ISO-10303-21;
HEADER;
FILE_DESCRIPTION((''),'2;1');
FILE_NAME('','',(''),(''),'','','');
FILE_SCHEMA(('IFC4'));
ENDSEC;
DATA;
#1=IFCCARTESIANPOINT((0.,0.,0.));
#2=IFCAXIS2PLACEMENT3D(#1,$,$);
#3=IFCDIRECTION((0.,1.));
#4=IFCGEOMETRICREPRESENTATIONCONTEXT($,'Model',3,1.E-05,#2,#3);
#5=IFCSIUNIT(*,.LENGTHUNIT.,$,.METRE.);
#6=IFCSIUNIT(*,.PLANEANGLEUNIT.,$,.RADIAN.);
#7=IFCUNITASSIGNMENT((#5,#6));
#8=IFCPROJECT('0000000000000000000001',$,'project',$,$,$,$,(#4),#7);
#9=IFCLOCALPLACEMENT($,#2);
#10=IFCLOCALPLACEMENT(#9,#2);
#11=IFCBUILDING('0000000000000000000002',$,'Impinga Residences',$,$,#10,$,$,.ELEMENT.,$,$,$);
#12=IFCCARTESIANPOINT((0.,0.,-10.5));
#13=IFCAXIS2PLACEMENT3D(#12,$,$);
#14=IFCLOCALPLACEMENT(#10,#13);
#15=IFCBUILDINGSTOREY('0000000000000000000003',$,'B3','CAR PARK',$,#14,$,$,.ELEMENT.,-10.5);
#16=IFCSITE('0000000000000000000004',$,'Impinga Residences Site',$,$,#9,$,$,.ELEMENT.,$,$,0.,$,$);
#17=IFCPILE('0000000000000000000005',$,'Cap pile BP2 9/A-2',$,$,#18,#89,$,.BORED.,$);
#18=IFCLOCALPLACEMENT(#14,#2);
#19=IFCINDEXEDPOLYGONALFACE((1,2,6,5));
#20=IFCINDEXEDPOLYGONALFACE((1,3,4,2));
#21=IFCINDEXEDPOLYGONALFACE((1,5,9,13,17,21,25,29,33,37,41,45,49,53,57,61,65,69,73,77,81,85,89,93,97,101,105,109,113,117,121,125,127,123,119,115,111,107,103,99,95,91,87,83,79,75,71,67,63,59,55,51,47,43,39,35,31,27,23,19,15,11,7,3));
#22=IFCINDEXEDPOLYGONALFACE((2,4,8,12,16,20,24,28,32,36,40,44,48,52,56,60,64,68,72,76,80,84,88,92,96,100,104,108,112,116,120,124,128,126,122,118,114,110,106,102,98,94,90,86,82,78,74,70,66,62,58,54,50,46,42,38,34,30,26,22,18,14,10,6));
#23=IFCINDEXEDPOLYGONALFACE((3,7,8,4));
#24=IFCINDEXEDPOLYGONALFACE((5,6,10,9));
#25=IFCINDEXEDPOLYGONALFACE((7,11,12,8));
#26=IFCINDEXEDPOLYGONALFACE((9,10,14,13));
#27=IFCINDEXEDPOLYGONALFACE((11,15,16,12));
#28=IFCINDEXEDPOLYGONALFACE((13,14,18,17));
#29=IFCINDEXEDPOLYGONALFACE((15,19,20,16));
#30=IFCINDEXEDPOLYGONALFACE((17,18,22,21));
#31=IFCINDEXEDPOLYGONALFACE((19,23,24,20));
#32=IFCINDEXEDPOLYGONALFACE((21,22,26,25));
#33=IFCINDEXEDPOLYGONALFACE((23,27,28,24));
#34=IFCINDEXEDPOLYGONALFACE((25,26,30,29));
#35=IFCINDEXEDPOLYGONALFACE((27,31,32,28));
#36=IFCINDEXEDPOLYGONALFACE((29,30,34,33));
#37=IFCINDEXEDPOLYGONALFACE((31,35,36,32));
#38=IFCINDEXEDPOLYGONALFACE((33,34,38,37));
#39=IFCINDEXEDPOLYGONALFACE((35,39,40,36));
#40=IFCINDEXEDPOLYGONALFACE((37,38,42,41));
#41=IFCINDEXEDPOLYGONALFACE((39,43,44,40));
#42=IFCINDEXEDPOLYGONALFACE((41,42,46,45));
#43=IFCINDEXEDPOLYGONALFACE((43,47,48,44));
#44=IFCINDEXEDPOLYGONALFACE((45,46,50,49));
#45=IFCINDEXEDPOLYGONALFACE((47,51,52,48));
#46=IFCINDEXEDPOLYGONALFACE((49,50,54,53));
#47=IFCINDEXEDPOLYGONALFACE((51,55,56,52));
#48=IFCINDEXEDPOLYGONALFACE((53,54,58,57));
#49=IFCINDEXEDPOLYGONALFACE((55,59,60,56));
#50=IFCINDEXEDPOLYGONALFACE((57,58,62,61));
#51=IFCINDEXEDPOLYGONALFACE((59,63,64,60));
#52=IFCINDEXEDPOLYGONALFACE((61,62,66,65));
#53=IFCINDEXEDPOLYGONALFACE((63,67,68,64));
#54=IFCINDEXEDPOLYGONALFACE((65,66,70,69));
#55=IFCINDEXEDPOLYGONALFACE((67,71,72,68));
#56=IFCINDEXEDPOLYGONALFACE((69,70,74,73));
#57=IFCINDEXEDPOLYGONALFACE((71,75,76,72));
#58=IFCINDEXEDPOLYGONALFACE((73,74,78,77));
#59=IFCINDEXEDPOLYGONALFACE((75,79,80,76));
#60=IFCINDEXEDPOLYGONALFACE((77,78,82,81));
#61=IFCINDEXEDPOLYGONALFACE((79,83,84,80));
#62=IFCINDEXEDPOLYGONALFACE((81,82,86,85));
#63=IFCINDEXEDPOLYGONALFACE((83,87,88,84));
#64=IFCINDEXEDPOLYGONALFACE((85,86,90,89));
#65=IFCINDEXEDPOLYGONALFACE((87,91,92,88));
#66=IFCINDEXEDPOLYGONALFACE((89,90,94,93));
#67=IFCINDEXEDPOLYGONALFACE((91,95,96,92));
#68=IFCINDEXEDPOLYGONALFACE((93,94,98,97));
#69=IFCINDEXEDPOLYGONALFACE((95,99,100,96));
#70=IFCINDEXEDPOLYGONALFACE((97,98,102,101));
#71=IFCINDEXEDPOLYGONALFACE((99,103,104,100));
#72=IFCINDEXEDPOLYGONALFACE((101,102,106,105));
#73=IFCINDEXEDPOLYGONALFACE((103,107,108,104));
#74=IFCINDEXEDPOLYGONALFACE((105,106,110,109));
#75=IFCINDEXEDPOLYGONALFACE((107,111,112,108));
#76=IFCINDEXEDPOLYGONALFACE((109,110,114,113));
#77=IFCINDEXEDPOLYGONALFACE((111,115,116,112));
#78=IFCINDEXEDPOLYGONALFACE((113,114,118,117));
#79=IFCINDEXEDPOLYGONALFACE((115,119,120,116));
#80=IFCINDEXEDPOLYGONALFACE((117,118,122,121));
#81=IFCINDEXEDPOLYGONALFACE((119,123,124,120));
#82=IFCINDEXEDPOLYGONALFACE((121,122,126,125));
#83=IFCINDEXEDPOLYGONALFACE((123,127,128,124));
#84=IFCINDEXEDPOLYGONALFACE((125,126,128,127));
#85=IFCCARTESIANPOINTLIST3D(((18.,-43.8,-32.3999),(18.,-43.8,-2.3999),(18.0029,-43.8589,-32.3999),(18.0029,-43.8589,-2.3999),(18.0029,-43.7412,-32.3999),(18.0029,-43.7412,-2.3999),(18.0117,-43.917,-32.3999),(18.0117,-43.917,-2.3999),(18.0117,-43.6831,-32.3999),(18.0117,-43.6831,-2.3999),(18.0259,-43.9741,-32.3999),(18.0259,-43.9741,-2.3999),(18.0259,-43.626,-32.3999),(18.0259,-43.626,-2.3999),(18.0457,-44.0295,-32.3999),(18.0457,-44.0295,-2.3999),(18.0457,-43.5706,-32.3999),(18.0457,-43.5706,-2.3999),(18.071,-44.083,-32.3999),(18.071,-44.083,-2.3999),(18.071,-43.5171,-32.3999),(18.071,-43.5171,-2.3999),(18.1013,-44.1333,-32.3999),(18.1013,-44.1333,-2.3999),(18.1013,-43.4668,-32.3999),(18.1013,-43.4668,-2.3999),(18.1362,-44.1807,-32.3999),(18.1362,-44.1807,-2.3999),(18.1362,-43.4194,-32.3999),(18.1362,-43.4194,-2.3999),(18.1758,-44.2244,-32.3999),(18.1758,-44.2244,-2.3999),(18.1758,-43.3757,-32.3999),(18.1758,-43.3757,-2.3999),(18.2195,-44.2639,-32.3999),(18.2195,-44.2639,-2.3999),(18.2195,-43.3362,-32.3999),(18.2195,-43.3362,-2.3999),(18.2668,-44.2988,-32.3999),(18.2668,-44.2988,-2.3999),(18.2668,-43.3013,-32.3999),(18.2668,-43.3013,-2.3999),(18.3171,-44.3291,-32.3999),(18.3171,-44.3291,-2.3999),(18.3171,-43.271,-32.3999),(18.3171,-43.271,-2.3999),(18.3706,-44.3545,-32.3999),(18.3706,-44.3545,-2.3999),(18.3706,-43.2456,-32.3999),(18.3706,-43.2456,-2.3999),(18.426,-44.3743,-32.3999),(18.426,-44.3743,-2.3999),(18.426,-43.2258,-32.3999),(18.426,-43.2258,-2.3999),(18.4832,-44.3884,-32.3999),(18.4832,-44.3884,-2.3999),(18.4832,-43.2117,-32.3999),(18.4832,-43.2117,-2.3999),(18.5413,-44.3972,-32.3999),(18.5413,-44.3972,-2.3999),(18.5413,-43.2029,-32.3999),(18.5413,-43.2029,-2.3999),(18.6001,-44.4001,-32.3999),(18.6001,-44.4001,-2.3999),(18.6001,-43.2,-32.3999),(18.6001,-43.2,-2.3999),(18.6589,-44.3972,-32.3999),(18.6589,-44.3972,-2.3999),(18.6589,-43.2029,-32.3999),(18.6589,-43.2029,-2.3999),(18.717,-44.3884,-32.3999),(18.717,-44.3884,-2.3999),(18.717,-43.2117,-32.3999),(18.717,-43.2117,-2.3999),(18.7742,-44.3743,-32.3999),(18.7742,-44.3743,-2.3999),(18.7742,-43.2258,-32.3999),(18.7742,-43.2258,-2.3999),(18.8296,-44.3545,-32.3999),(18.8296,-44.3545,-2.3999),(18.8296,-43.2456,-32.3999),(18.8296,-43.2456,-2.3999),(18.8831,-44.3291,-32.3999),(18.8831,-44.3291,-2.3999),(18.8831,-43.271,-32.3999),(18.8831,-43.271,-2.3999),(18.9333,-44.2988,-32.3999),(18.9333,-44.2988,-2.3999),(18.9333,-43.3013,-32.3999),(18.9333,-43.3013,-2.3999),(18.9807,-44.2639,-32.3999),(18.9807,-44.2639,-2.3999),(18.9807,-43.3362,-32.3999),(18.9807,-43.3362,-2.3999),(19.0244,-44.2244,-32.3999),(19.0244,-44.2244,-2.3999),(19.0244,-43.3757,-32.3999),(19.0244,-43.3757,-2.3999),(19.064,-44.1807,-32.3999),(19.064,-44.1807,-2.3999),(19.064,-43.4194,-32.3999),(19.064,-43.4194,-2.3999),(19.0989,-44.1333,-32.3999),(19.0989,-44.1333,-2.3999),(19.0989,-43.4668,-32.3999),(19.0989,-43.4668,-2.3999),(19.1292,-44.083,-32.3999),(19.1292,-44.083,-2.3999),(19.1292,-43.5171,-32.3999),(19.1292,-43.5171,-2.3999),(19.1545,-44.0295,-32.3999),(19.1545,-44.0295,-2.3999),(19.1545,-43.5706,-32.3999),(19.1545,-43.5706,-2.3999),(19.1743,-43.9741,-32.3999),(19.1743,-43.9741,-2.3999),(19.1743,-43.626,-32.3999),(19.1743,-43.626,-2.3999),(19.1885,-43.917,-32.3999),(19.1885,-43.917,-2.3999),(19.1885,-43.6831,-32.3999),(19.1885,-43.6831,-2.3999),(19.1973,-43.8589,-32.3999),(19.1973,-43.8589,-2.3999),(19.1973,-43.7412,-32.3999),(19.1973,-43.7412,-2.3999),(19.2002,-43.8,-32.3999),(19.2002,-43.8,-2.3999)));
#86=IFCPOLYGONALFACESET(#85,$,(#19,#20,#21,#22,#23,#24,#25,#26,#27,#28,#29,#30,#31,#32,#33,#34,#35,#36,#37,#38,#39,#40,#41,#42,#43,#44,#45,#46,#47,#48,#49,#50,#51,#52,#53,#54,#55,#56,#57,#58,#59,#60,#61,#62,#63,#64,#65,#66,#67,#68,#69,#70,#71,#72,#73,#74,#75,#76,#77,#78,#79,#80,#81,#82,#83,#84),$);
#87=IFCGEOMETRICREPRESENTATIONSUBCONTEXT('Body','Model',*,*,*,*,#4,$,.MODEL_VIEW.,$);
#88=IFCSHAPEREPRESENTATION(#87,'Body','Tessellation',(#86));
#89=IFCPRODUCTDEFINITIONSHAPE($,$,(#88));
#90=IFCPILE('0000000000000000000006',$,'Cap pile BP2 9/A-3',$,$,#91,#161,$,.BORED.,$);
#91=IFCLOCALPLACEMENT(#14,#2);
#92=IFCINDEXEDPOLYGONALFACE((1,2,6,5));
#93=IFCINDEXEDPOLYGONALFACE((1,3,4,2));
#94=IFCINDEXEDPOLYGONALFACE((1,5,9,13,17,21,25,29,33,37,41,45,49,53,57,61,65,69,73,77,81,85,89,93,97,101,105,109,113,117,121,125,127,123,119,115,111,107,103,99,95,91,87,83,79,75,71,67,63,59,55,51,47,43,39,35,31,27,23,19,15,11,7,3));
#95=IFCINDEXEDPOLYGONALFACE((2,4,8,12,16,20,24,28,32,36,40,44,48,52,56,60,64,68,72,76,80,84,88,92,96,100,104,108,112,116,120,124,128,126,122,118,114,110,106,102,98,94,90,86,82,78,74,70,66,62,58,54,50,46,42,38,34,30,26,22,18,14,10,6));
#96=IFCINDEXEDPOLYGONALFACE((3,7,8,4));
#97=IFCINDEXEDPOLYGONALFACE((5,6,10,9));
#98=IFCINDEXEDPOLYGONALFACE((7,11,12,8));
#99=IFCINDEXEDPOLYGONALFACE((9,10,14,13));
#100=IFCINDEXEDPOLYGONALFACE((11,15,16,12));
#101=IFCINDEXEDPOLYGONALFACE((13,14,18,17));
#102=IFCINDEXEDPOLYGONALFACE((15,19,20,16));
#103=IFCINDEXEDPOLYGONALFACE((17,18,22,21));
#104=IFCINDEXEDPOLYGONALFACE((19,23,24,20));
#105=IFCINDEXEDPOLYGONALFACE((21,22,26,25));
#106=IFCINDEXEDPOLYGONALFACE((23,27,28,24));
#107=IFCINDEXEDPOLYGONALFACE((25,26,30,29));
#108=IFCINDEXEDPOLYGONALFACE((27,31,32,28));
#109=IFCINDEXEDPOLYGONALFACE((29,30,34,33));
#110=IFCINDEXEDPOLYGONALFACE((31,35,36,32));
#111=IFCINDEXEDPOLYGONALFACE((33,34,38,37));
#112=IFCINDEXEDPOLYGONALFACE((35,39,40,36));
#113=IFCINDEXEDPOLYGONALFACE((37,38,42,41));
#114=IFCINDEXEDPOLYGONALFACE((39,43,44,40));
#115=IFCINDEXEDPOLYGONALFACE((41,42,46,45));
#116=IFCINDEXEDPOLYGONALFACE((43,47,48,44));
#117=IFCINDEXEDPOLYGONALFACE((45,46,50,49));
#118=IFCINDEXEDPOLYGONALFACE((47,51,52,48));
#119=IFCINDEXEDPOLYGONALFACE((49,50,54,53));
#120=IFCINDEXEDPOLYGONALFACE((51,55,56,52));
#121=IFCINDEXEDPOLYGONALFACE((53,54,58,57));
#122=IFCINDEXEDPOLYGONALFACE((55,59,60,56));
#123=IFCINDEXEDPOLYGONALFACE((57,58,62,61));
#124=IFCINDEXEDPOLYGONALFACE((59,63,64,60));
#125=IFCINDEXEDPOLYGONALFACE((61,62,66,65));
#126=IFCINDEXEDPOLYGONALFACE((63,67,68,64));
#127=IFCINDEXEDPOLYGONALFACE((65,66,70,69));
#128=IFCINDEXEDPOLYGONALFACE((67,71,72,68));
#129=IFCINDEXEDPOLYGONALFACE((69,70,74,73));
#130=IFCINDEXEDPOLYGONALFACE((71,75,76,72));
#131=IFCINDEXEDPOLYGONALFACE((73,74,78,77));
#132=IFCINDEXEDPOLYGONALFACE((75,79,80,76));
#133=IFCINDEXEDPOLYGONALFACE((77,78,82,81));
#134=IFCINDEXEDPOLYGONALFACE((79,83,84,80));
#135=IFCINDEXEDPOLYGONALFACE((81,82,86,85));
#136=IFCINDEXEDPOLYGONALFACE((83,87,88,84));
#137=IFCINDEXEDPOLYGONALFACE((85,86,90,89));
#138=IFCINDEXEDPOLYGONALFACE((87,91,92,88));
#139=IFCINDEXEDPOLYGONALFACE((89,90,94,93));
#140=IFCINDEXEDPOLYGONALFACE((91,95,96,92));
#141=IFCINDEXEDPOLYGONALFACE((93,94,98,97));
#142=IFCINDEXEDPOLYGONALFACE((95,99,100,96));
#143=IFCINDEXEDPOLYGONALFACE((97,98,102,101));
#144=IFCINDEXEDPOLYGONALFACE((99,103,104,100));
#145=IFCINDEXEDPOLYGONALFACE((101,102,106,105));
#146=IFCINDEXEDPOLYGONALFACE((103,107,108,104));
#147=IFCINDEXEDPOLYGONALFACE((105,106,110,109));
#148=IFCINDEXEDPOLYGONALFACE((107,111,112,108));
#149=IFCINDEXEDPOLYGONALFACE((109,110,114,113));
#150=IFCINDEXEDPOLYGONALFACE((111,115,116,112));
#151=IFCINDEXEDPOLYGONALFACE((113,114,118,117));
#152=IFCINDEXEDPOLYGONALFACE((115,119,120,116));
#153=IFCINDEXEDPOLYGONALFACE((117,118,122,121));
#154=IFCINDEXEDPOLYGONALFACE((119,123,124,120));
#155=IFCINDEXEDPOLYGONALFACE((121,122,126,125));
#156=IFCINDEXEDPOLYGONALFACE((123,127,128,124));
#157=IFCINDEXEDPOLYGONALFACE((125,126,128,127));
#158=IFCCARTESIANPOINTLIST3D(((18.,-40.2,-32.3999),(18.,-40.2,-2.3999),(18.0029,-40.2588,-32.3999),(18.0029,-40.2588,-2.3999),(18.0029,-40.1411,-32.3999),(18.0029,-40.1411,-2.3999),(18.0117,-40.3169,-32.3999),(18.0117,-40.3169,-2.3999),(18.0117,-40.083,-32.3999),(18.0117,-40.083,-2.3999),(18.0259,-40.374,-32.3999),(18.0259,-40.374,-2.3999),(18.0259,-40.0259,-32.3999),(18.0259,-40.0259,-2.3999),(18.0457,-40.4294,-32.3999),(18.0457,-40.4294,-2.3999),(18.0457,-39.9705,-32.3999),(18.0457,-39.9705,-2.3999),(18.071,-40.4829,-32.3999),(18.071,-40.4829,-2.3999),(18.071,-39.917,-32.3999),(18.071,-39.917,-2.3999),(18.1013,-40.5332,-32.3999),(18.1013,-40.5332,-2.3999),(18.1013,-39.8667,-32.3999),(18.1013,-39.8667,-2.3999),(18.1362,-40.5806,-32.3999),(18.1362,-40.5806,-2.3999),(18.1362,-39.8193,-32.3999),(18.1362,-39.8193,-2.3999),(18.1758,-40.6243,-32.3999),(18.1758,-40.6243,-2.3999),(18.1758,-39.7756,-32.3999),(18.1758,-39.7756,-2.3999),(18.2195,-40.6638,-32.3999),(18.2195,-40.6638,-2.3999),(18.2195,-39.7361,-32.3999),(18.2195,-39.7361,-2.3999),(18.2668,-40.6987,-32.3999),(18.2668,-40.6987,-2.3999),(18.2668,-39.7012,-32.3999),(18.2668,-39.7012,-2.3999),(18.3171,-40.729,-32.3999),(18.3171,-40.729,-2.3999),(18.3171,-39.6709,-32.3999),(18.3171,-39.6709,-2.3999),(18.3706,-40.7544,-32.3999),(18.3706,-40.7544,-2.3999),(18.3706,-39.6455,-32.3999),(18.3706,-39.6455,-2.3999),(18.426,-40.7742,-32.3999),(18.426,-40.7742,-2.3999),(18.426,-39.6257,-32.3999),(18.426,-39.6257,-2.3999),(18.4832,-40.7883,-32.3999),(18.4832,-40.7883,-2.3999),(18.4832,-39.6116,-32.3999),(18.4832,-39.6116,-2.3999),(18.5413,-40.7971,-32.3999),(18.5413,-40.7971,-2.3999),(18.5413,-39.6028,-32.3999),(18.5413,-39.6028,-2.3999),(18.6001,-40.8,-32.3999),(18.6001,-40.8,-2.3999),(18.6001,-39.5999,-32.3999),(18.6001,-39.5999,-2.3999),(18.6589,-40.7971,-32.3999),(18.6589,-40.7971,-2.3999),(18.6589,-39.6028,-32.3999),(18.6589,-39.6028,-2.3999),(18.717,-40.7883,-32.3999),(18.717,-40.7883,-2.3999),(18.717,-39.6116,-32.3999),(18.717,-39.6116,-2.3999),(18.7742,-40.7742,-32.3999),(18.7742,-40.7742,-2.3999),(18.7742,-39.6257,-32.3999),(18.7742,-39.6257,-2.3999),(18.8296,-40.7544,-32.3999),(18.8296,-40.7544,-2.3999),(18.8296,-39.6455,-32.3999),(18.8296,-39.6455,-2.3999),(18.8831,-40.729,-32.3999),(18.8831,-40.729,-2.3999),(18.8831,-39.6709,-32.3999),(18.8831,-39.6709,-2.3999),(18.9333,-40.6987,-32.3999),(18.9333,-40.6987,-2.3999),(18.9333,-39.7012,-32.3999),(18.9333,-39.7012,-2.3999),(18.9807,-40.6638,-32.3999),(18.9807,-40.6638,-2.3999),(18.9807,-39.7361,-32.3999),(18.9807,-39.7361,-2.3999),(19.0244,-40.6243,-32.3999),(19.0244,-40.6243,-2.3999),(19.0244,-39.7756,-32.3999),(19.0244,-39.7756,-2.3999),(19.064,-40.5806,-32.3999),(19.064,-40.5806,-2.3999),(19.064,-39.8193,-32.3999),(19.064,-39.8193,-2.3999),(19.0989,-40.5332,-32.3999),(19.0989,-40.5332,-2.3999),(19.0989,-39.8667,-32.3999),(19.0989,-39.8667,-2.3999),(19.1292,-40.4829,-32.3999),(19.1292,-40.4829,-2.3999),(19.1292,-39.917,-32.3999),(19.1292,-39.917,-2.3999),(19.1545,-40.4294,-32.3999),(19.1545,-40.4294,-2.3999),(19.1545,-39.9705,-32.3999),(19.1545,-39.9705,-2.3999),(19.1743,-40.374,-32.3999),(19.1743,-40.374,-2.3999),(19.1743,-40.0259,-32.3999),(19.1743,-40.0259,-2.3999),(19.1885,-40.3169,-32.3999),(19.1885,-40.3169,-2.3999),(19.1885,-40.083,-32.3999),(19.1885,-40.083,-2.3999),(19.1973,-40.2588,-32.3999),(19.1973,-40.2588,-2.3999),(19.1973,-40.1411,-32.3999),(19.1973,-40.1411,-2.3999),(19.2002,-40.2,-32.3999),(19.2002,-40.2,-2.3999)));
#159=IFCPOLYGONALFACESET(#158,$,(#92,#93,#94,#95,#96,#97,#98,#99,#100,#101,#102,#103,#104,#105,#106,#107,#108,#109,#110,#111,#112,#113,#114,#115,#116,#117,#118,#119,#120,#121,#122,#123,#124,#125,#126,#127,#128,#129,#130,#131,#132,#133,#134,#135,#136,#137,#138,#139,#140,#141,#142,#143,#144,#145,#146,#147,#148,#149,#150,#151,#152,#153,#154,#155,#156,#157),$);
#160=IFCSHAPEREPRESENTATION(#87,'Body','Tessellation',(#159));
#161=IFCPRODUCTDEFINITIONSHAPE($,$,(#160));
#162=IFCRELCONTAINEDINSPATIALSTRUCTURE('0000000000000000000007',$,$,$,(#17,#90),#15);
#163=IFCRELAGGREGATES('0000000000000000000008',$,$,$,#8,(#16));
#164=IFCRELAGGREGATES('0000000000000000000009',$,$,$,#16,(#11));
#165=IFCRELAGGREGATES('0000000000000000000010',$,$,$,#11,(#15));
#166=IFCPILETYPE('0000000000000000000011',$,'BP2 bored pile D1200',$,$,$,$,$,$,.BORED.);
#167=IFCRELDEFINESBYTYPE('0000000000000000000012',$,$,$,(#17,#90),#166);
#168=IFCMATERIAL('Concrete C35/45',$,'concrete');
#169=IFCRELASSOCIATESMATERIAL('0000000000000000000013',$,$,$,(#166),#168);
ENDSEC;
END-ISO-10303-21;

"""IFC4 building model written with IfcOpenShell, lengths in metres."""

from ifc_helpers import new_model, si_unit, direction, frame, origin, origin_2d, place, context, subcontext, project, spatial, polyline, circle, outline, extrude, material, material_profile, profile_set, type_object, element, save


model = new_model("IFC4")

# Units and contexts
model_context = context("Model", 3, precision=1e-05, world=origin(), true_north=direction((0.0, 1.0)))
body_context = subcontext(model_context, "Body", "Model", "MODEL_VIEW")
ifc_project = project(units=[si_unit("LENGTHUNIT", "METRE"), si_unit("PLANEANGLEUNIT", "RADIAN")], contexts=[model_context])

# Site, building, storey
site_placement = place(None, origin())
site = spatial("IfcSite", under=ifc_project, at=site_placement, Name="Impinga Residences Site", CompositionType="ELEMENT", RefElevation=0.0)
building_placement = place(site_placement, origin())
building = spatial("IfcBuilding", under=site, at=building_placement, Name="Impinga Residences", CompositionType="ELEMENT")
storey_placement = place(building_placement, frame((0.0, 0.0, -10.5)))
storey = spatial("IfcBuildingStorey", under=building, at=storey_placement, Name="B3", Description="CAR PARK", CompositionType="ELEMENT", Elevation=-10.5)

# Piles
ifc_material_1 = material(Name="Concrete C35/45", Category="concrete")
ifc_material_profile_1 = material_profile(ifc_material_1, circle(Radius=0.6001, at=origin_2d()), Name="D1200")
ifc_profile_set_1 = profile_set([ifc_material_profile_1], Name="Concrete C35/45")
pile_type_1 = type_object("IfcPileType", Name="BP2 bored pile D1200", PredefinedType="BORED", material=ifc_profile_set_1)
pile_1_placement = place(storey_placement, frame((18.6001, -43.8, -2.3999), z_axis=(0.0, 0.0, -1.0), x_axis=(1.0, 0.0, 0.0)))
element("IfcPile", 1, at=pile_1_placement, inside=storey, type_object=pile_type_1, Name="Cap pile BP2 9/A-2", PredefinedType="BORED", context=body_context, shape_type="SweptSolid", body=[
    extrude(outline(polyline([(0.6001, 0.0), (0.5972, 0.0588), (0.5884, 0.1169), (0.5742, 0.1741), (0.5544, 0.2295), (0.5291, 0.283), (0.4988, 0.3333), (0.4639, 0.3806), (0.4243, 0.4243), (0.3806, 0.4639), (0.3333, 0.4988), (0.283, 0.5291), (0.2295, 0.5544), (0.1741, 0.5742), (0.1169, 0.5884), (0.0588, 0.5972), (0.0, 0.6001), (-0.0588, 0.5972), (-0.1169, 0.5884), (-0.1741, 0.5742), (-0.2295, 0.5544), (-0.283, 0.5291), (-0.3333, 0.4988), (-0.3806, 0.4639), (-0.4243, 0.4243), (-0.4639, 0.3806), (-0.4988, 0.3333), (-0.5291, 0.283), (-0.5544, 0.2295), (-0.5742, 0.1741), (-0.5884, 0.1169), (-0.5972, 0.0588), (-0.6001, 0.0), (-0.5972, -0.0588), (-0.5884, -0.1169), (-0.5742, -0.1741), (-0.5544, -0.2295), (-0.5291, -0.283), (-0.4988, -0.3333), (-0.4639, -0.3806), (-0.4243, -0.4243), (-0.3806, -0.4639), (-0.3333, -0.4988), (-0.283, -0.5291), (-0.2295, -0.5544), (-0.1741, -0.5742), (-0.1169, -0.5884), (-0.0588, -0.5972), (0.0, -0.6001), (0.0588, -0.5972), (0.1169, -0.5884), (0.1741, -0.5742), (0.2295, -0.5544), (0.283, -0.5291), (0.3333, -0.4988), (0.3806, -0.4639), (0.4243, -0.4243), (0.4639, -0.3806), (0.4988, -0.3333), (0.5291, -0.283), (0.5544, -0.2295), (0.5742, -0.1741), (0.5884, -0.1169), (0.5972, -0.0588), (0.6001, 0.0)])), origin(), (0.0, 0.0, 1.0), 30.0),
])
pile_2_placement = place(storey_placement, frame((18.6001, -40.2, -2.3999), z_axis=(0.0, 0.0, -1.0), x_axis=(1.0, 0.0, 0.0)))
element("IfcPile", 2, at=pile_2_placement, inside=storey, type_object=pile_type_1, Name="Cap pile BP2 9/A-3", PredefinedType="BORED", context=body_context, shape_type="SweptSolid", body=[
    extrude(outline(polyline([(0.6001, 0.0), (0.5972, 0.0588), (0.5884, 0.1169), (0.5742, 0.1741), (0.5544, 0.2295), (0.5291, 0.283), (0.4988, 0.3333), (0.4639, 0.3806), (0.4243, 0.4243), (0.3806, 0.4639), (0.3333, 0.4988), (0.283, 0.5291), (0.2295, 0.5544), (0.1741, 0.5742), (0.1169, 0.5884), (0.0588, 0.5972), (0.0, 0.6001), (-0.0588, 0.5972), (-0.1169, 0.5884), (-0.1741, 0.5742), (-0.2295, 0.5544), (-0.283, 0.5291), (-0.3333, 0.4988), (-0.3806, 0.4639), (-0.4243, 0.4243), (-0.4639, 0.3806), (-0.4988, 0.3333), (-0.5291, 0.283), (-0.5544, 0.2295), (-0.5742, 0.1741), (-0.5884, 0.1169), (-0.5972, 0.0588), (-0.6001, 0.0), (-0.5972, -0.0588), (-0.5884, -0.1169), (-0.5742, -0.1741), (-0.5544, -0.2295), (-0.5291, -0.283), (-0.4988, -0.3333), (-0.4639, -0.3806), (-0.4243, -0.4243), (-0.3806, -0.4639), (-0.3333, -0.4988), (-0.283, -0.5291), (-0.2295, -0.5544), (-0.1741, -0.5742), (-0.1169, -0.5884), (-0.0588, -0.5972), (0.0, -0.6001), (0.0588, -0.5972), (0.1169, -0.5884), (0.1741, -0.5742), (0.2295, -0.5544), (0.283, -0.5291), (0.3333, -0.4988), (0.3806, -0.4639), (0.4243, -0.4243), (0.4639, -0.3806), (0.4988, -0.3333), (0.5291, -0.283), (0.5544, -0.2295), (0.5742, -0.1741), (0.5884, -0.1169), (0.5972, -0.0588), (0.6001, 0.0)])), origin(), (0.0, 0.0, 1.0), 30.0),
])

save(model, "model.ifc")
